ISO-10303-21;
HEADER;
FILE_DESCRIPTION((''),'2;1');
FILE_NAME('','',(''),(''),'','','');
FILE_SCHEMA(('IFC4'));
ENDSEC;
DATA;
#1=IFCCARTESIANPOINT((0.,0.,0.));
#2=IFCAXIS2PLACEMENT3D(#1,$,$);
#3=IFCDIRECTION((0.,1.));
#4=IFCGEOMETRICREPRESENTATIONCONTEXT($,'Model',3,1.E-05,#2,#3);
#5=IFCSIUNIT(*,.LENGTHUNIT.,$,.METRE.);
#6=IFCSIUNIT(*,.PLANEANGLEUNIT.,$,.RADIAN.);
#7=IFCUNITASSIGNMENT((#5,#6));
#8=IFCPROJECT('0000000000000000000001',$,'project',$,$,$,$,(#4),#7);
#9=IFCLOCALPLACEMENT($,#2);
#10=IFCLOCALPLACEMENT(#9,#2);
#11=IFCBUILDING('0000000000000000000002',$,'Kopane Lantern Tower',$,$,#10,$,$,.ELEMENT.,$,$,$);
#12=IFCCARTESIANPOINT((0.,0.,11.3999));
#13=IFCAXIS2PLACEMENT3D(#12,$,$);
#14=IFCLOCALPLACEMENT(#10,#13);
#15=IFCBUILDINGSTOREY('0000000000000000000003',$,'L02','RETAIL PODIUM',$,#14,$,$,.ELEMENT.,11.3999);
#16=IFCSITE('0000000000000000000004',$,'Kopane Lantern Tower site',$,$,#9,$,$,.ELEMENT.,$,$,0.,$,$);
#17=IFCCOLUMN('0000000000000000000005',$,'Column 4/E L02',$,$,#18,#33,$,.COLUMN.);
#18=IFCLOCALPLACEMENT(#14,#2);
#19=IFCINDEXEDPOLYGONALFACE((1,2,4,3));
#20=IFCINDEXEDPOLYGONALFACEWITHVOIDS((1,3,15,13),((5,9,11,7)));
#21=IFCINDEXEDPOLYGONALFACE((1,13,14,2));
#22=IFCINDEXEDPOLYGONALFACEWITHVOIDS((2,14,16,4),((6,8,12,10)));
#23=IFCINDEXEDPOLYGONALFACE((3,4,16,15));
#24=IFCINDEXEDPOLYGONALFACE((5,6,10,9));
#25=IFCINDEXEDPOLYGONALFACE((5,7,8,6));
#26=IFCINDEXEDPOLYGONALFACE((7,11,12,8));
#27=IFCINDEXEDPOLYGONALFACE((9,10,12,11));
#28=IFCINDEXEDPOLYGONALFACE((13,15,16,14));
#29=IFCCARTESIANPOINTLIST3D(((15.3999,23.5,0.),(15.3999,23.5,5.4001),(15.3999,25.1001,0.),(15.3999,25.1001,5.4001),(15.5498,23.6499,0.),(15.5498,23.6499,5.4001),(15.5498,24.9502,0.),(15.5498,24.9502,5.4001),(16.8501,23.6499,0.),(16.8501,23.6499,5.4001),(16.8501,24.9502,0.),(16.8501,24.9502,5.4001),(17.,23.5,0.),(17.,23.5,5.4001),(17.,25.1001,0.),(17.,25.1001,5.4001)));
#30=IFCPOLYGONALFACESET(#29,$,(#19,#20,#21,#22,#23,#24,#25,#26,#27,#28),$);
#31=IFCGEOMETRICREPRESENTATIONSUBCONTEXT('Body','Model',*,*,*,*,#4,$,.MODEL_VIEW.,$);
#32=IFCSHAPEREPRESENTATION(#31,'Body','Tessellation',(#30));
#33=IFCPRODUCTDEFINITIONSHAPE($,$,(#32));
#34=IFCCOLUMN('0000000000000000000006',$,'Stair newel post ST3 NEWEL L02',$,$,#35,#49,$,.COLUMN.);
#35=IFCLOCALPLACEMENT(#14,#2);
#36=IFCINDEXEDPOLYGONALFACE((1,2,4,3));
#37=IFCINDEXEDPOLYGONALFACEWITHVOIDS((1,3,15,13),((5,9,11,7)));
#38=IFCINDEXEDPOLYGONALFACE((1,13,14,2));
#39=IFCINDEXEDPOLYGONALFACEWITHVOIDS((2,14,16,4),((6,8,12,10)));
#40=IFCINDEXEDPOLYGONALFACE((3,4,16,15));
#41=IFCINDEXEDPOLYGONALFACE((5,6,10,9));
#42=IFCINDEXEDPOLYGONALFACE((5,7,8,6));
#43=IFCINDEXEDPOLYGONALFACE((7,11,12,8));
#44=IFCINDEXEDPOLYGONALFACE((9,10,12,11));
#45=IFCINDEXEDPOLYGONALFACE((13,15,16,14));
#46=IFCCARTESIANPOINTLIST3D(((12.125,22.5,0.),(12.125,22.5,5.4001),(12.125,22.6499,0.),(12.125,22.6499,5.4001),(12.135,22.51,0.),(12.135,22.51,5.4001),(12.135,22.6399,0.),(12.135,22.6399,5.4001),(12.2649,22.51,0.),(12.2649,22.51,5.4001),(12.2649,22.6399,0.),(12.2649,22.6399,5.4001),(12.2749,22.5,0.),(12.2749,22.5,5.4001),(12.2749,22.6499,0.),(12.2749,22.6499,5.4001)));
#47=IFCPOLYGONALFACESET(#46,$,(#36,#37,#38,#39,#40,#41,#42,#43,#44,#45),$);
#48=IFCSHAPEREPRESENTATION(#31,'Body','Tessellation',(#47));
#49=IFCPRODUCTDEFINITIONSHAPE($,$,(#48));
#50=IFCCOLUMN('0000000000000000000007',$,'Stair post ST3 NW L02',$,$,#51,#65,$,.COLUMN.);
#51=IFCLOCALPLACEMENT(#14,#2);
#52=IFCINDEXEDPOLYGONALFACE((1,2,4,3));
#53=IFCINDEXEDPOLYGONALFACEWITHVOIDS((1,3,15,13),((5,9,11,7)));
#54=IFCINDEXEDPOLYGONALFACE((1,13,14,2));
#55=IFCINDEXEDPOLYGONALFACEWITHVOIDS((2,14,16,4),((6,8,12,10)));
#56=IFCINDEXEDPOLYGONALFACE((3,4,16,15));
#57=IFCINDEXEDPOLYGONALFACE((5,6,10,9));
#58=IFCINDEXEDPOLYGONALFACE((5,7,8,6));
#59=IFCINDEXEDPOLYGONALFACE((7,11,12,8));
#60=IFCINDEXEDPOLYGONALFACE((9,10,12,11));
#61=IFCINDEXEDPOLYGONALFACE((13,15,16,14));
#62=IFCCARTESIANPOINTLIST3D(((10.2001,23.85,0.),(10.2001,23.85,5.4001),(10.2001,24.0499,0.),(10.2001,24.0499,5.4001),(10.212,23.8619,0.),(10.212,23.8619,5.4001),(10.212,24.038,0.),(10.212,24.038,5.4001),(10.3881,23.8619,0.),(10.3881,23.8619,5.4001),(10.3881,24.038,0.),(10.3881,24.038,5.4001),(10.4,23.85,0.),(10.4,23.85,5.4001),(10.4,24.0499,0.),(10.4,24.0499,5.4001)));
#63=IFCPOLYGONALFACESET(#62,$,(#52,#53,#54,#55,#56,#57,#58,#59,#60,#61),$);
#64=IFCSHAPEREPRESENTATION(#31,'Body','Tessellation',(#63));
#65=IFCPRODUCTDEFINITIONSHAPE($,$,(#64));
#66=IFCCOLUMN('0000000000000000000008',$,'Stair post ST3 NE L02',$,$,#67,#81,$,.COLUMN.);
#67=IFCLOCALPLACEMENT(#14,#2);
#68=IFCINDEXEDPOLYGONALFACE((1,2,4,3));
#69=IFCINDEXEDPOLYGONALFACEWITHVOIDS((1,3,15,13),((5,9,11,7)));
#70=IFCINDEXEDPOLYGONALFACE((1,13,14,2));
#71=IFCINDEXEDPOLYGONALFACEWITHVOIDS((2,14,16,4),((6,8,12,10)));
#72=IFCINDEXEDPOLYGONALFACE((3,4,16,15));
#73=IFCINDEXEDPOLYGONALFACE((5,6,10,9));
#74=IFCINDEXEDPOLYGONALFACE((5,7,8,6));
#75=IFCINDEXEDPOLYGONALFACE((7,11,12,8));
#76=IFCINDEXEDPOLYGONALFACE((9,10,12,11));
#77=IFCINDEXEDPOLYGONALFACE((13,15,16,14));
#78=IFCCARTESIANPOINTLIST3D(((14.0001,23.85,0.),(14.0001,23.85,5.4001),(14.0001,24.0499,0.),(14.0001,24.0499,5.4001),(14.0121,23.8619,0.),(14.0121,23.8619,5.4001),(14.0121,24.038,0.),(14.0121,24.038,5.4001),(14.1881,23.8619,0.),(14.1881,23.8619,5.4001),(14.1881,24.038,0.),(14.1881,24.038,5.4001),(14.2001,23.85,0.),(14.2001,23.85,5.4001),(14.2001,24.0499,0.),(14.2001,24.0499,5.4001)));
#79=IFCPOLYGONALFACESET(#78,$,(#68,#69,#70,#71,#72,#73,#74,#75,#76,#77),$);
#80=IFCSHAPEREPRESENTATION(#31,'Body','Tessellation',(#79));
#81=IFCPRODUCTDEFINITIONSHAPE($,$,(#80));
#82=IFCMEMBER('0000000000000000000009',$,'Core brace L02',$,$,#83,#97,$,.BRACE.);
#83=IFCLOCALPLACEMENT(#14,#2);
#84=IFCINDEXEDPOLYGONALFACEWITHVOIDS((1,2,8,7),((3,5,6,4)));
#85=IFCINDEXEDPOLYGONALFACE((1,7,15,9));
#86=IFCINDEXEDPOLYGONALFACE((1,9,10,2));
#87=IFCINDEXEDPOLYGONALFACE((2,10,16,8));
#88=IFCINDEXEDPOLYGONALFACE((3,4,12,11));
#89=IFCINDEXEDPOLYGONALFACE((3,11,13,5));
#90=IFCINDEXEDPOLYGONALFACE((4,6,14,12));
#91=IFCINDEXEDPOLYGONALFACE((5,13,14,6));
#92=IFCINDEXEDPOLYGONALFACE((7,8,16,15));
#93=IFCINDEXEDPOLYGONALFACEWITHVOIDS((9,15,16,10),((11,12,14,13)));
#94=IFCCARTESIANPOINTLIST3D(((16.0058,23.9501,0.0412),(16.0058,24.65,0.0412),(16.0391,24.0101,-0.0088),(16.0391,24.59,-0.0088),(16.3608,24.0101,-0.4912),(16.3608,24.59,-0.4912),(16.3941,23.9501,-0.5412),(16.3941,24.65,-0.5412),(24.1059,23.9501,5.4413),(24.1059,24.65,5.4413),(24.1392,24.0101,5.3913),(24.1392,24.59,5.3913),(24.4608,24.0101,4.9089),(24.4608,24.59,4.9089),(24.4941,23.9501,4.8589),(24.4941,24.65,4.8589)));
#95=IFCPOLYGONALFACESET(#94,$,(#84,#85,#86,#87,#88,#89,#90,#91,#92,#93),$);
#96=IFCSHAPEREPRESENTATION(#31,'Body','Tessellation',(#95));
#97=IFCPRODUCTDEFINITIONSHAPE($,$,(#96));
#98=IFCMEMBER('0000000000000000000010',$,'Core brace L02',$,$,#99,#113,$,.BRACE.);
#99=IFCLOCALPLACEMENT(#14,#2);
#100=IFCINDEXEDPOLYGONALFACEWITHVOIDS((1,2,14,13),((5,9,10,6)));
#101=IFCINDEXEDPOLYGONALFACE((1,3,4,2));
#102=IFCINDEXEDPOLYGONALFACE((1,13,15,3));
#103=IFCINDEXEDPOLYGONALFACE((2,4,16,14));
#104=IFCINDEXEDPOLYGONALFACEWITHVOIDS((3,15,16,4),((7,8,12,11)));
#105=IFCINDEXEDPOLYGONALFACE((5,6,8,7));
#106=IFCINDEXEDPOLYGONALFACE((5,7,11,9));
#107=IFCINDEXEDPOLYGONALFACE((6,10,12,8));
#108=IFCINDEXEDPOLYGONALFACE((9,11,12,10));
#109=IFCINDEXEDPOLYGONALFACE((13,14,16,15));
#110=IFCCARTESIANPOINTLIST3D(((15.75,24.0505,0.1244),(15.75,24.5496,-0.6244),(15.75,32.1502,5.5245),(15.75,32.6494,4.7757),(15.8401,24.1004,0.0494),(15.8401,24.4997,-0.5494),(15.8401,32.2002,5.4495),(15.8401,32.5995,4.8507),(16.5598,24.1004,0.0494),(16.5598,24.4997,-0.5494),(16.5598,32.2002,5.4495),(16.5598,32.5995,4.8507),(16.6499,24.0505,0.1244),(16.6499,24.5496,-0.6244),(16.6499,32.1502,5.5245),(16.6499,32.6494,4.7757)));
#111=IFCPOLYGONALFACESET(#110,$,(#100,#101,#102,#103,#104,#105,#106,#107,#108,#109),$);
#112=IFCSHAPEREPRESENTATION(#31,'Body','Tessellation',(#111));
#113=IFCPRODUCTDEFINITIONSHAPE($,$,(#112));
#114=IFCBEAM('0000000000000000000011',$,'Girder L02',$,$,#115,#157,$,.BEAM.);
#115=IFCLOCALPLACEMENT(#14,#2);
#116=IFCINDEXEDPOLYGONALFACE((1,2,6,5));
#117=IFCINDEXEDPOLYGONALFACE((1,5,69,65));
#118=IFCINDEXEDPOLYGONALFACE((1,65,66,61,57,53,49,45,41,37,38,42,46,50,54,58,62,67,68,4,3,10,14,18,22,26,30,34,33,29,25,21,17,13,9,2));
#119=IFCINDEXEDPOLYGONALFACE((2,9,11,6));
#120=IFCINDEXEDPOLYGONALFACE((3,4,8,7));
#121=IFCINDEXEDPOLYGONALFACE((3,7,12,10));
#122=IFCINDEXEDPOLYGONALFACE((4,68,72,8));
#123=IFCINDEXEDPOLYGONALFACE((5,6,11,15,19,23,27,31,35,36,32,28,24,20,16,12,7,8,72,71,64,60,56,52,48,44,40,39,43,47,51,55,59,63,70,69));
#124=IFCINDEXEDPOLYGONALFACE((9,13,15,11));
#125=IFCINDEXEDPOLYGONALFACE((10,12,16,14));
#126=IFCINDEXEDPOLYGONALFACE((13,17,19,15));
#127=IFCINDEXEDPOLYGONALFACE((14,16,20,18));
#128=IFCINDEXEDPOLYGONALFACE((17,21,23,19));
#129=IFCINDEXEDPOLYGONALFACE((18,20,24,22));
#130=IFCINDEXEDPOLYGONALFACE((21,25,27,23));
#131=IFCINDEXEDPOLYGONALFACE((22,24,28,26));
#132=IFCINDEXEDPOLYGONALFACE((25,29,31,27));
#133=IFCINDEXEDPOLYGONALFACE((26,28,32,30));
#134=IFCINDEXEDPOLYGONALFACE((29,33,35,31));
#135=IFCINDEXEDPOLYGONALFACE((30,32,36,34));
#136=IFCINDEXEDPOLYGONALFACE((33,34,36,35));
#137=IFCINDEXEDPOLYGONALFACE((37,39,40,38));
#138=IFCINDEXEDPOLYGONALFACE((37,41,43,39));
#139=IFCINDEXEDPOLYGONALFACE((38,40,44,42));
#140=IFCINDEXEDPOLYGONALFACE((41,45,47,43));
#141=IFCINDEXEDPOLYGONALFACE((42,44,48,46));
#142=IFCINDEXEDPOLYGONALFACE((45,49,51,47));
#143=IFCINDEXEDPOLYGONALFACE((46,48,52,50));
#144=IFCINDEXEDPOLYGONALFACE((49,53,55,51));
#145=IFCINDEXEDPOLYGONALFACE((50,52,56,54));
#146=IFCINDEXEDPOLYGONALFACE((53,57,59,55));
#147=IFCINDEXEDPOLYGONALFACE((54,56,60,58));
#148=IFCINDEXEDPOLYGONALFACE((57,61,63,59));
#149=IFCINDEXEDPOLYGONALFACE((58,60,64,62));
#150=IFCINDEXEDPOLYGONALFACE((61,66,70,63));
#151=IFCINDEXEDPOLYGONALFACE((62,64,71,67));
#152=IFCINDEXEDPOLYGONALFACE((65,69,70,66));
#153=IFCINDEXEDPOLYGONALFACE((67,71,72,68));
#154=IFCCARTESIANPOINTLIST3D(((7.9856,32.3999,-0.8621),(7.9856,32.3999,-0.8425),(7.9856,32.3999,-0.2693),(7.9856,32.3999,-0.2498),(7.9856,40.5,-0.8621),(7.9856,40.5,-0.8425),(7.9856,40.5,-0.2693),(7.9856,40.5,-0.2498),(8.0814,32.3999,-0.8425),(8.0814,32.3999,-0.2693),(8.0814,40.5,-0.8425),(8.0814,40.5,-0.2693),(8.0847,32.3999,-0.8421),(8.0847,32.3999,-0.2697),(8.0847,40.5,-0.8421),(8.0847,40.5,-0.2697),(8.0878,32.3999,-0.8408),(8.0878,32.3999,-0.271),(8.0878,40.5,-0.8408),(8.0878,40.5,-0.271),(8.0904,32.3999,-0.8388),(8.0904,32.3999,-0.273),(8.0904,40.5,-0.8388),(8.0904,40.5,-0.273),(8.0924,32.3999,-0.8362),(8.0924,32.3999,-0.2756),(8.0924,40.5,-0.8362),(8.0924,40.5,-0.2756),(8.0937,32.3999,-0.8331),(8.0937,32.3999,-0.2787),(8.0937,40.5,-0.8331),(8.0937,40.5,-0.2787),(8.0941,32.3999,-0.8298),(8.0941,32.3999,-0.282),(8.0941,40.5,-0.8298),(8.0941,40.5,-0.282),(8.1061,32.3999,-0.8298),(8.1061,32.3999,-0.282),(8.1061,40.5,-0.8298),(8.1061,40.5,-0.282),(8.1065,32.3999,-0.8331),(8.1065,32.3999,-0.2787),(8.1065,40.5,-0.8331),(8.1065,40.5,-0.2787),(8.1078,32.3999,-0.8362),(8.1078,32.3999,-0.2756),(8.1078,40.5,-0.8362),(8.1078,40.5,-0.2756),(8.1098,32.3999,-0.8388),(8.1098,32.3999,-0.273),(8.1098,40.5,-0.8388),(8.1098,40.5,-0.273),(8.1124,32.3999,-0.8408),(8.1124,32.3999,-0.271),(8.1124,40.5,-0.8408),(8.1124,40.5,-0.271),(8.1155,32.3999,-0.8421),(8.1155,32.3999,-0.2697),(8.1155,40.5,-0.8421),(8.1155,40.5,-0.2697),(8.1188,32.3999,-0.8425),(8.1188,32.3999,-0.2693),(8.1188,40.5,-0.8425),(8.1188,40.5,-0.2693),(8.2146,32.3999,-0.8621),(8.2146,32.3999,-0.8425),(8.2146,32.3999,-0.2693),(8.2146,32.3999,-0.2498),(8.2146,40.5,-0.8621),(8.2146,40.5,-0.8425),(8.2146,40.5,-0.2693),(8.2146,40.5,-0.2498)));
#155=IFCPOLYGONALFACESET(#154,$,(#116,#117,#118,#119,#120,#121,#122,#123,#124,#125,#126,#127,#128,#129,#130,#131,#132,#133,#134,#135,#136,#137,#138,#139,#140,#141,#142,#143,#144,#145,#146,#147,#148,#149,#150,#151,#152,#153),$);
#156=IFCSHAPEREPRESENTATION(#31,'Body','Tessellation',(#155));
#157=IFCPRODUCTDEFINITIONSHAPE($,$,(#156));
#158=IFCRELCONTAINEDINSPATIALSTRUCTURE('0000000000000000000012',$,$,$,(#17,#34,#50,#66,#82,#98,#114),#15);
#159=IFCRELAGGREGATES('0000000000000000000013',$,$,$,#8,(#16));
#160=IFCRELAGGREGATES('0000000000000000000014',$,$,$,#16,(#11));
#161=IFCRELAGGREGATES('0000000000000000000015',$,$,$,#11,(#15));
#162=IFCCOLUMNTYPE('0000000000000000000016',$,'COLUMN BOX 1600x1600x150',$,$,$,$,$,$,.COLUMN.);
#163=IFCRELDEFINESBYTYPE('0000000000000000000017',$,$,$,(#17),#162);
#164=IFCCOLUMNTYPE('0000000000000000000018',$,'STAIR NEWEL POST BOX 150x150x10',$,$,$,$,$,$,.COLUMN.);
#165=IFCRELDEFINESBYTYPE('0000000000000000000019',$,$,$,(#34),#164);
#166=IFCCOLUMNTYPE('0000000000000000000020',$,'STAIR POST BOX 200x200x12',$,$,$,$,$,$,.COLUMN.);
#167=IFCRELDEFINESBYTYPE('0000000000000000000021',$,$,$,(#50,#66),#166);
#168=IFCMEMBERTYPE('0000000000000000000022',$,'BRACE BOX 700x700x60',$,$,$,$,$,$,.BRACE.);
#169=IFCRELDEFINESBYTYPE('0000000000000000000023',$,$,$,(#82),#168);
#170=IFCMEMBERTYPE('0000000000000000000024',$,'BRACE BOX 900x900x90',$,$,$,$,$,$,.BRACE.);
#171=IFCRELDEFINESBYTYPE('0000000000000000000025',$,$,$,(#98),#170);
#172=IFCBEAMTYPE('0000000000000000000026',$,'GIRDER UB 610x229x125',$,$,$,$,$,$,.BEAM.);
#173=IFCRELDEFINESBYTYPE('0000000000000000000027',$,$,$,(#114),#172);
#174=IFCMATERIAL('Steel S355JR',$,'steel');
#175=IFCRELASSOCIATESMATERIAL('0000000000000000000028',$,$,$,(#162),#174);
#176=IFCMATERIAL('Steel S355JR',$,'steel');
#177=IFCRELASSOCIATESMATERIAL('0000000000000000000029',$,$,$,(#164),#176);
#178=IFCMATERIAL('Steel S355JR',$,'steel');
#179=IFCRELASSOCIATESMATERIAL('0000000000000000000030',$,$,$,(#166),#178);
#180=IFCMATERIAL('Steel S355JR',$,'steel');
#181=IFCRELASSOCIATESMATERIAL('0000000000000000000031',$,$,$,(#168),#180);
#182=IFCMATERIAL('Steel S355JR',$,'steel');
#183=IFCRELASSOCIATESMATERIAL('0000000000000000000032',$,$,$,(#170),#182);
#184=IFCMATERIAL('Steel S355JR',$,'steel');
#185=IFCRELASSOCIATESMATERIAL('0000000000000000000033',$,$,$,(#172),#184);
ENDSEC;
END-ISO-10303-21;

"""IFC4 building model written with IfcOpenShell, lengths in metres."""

from ifc_helpers import new_model, si_unit, direction, frame, origin, origin_2d, place, context, subcontext, project, spatial, hollow_rectangle, i_section, extrude, material, material_profile, profile_set, type_object, element, save


model = new_model("IFC4")

# Units and contexts
model_context = context("Model", 3, precision=1e-05, world=origin(), true_north=direction((0.0, 1.0)))
body_context = subcontext(model_context, "Body", "Model", "MODEL_VIEW")
ifc_project = project(units=[si_unit("LENGTHUNIT", "METRE"), si_unit("PLANEANGLEUNIT", "RADIAN")], contexts=[model_context])

# Site, building, storey
site_placement = place(None, origin())
site = spatial("IfcSite", under=ifc_project, at=site_placement, Name="Kopane Lantern Tower site", CompositionType="ELEMENT", RefElevation=0.0)
building_placement = place(site_placement, origin())
building = spatial("IfcBuilding", under=site, at=building_placement, Name="Kopane Lantern Tower", CompositionType="ELEMENT")
storey_placement = place(building_placement, frame((0.0, 0.0, 11.3999)))
storey = spatial("IfcBuildingStorey", under=building, at=storey_placement, Name="L02", Description="RETAIL PODIUM", CompositionType="ELEMENT", Elevation=11.3999)

# Columns
ifc_material_1 = material(Name="Steel S355JR", Category="steel")
ifc_material_profile_1 = material_profile(ifc_material_1, hollow_rectangle(XDim=1.6001, YDim=1.6001, WallThickness=0.1499, at=origin_2d()), Name="BOX 1600x1600x150")
ifc_profile_set_1 = profile_set([ifc_material_profile_1], Name="Steel S355JR")
column_type_1 = type_object("IfcColumnType", Name="COLUMN BOX 1600x1600x150", PredefinedType="COLUMN", material=ifc_profile_set_1)
column_1_placement = place(storey_placement, frame((16.2, 24.3, 0.0), z_axis=(0.0, 0.0, 1.0), x_axis=(1.0, 0.0, 0.0)))
element("IfcColumn", 1, at=column_1_placement, inside=storey, type_object=column_type_1, Name="Column 4/E L02", PredefinedType="COLUMN", context=body_context, shape_type="SweptSolid", body=[
    extrude(hollow_rectangle(XDim=1.6001, YDim=1.6001, WallThickness=0.1499, at=origin_2d()), origin(), (0.0, 0.0, 1.0), 5.4001),
])
ifc_material_2 = material(Name="Steel S355JR", Category="steel")
ifc_material_profile_2 = material_profile(ifc_material_2, hollow_rectangle(XDim=0.1499, YDim=0.1499, WallThickness=0.01, at=origin_2d()), Name="BOX 150x150x10")
ifc_profile_set_2 = profile_set([ifc_material_profile_2], Name="Steel S355JR")
column_type_2 = type_object("IfcColumnType", Name="STAIR NEWEL POST BOX 150x150x10", PredefinedType="COLUMN", material=ifc_profile_set_2)
column_2_placement = place(storey_placement, frame((12.2, 22.575, 0.0), z_axis=(0.0, 0.0, 1.0), x_axis=(1.0, 0.0, 0.0)))
element("IfcColumn", 2, at=column_2_placement, inside=storey, type_object=column_type_2, Name="Stair newel post ST3 NEWEL L02", PredefinedType="COLUMN", context=body_context, shape_type="SweptSolid", body=[
    extrude(hollow_rectangle(XDim=0.1499, YDim=0.1499, WallThickness=0.01, at=origin_2d()), origin(), (0.0, 0.0, 1.0), 5.4001),
])
ifc_material_3 = material(Name="Steel S355JR", Category="steel")
ifc_material_profile_3 = material_profile(ifc_material_3, hollow_rectangle(XDim=0.2, YDim=0.2, WallThickness=0.012, at=origin_2d()), Name="BOX 200x200x12")
ifc_profile_set_3 = profile_set([ifc_material_profile_3], Name="Steel S355JR")
column_type_3 = type_object("IfcColumnType", Name="STAIR POST BOX 200x200x12", PredefinedType="COLUMN", material=ifc_profile_set_3)
for number, where, z_axis, x_axis, name in (
    (3, (10.3, 23.95, 0.0), (0.0, 0.0, 1.0), (1.0, 0.0, 0.0), "Stair post ST3 NW L02"),
    (4, (14.1001, 23.95, 0.0), (0.0, 0.0, 1.0), (1.0, 0.0, 0.0), "Stair post ST3 NE L02"),
):
    element("IfcColumn", number, at=place(storey_placement, frame(where, z_axis=z_axis, x_axis=x_axis)), inside=storey, type_object=column_type_3, Name=name, PredefinedType="COLUMN", context=body_context, shape_type="SweptSolid", body=[
        extrude(hollow_rectangle(XDim=0.2, YDim=0.2, WallThickness=0.012, at=origin_2d()), origin(), (0.0, 0.0, 1.0), 5.4001),
    ])

# Members
ifc_material_4 = material(Name="Steel S355JR", Category="steel")
ifc_material_profile_4 = material_profile(ifc_material_4, hollow_rectangle(XDim=0.7, YDim=0.7, WallThickness=0.0601, at=origin_2d()), Name="BOX 700x700x60")
ifc_profile_set_4 = profile_set([ifc_material_profile_4], Name="Steel S355JR")
member_type_1 = type_object("IfcMemberType", Name="BRACE BOX 700x700x60", PredefinedType="BRACE", material=ifc_profile_set_4)
member_1_placement = place(storey_placement, frame((16.2, 24.3, -0.25), z_axis=(0.832046, 0.0, 0.554706), x_axis=(0.0, 1.0, 0.0)))
element("IfcMember", 5, at=member_1_placement, inside=storey, type_object=member_type_1, Name="Core brace L02", PredefinedType="BRACE", context=body_context, shape_type="SweptSolid", body=[
    extrude(hollow_rectangle(XDim=0.7, YDim=0.7, WallThickness=0.0601, at=origin_2d()), origin(), (0.0, 0.0, 1.0), 9.7351),
])
ifc_material_5 = material(Name="Steel S355JR", Category="steel")
ifc_material_profile_5 = material_profile(ifc_material_5, hollow_rectangle(XDim=0.8999, YDim=0.8999, WallThickness=0.0901, at=origin_2d()), Name="BOX 900x900x90")
ifc_profile_set_5 = profile_set([ifc_material_profile_5], Name="Steel S355JR")
member_type_2 = type_object("IfcMemberType", Name="BRACE BOX 900x900x90", PredefinedType="BRACE", material=ifc_profile_set_5)
member_2_placement = place(storey_placement, frame((16.2, 24.3, -0.25), z_axis=(0.0, 0.832039, 0.554718), x_axis=(-1.0, 0.0, 0.0)))
element("IfcMember", 6, at=member_2_placement, inside=storey, type_object=member_type_2, Name="Core brace L02", PredefinedType="BRACE", context=body_context, shape_type="SweptSolid", body=[
    extrude(hollow_rectangle(XDim=0.8999, YDim=0.8999, WallThickness=0.0901, at=origin_2d()), origin(), (0.0, 0.0, 1.0), 9.7349),
])

# Beam
ifc_material_6 = material(Name="Steel S355JR", Category="steel")
ifc_material_profile_6 = material_profile(ifc_material_6, i_section(OverallWidth=0.229, OverallDepth=0.6123, WebThickness=0.012, FlangeThickness=0.0195, FilletRadius=0.0127, at=origin_2d()), Name="UB 610x229x125")
ifc_profile_set_6 = profile_set([ifc_material_profile_6], Name="Steel S355JR")
beam_type = type_object("IfcBeamType", Name="GIRDER UB 610x229x125", PredefinedType="BEAM", material=ifc_profile_set_6)
beam_1_placement = place(storey_placement, frame((8.1001, 32.3999, -0.5559), z_axis=(0.0, 1.0, 0.0), x_axis=(-1.0, 0.0, 0.0)))
element("IfcBeam", 7, at=beam_1_placement, inside=storey, type_object=beam_type, Name="Girder L02", PredefinedType="BEAM", context=body_context, shape_type="SweptSolid", body=[
    extrude(i_section(OverallWidth=0.229, OverallDepth=0.6123, WebThickness=0.012, FlangeThickness=0.0195, FilletRadius=0.0127, at=origin_2d()), origin(), (0.0, 0.0, 1.0), 8.1001),
])

save(model, "model.ifc")
